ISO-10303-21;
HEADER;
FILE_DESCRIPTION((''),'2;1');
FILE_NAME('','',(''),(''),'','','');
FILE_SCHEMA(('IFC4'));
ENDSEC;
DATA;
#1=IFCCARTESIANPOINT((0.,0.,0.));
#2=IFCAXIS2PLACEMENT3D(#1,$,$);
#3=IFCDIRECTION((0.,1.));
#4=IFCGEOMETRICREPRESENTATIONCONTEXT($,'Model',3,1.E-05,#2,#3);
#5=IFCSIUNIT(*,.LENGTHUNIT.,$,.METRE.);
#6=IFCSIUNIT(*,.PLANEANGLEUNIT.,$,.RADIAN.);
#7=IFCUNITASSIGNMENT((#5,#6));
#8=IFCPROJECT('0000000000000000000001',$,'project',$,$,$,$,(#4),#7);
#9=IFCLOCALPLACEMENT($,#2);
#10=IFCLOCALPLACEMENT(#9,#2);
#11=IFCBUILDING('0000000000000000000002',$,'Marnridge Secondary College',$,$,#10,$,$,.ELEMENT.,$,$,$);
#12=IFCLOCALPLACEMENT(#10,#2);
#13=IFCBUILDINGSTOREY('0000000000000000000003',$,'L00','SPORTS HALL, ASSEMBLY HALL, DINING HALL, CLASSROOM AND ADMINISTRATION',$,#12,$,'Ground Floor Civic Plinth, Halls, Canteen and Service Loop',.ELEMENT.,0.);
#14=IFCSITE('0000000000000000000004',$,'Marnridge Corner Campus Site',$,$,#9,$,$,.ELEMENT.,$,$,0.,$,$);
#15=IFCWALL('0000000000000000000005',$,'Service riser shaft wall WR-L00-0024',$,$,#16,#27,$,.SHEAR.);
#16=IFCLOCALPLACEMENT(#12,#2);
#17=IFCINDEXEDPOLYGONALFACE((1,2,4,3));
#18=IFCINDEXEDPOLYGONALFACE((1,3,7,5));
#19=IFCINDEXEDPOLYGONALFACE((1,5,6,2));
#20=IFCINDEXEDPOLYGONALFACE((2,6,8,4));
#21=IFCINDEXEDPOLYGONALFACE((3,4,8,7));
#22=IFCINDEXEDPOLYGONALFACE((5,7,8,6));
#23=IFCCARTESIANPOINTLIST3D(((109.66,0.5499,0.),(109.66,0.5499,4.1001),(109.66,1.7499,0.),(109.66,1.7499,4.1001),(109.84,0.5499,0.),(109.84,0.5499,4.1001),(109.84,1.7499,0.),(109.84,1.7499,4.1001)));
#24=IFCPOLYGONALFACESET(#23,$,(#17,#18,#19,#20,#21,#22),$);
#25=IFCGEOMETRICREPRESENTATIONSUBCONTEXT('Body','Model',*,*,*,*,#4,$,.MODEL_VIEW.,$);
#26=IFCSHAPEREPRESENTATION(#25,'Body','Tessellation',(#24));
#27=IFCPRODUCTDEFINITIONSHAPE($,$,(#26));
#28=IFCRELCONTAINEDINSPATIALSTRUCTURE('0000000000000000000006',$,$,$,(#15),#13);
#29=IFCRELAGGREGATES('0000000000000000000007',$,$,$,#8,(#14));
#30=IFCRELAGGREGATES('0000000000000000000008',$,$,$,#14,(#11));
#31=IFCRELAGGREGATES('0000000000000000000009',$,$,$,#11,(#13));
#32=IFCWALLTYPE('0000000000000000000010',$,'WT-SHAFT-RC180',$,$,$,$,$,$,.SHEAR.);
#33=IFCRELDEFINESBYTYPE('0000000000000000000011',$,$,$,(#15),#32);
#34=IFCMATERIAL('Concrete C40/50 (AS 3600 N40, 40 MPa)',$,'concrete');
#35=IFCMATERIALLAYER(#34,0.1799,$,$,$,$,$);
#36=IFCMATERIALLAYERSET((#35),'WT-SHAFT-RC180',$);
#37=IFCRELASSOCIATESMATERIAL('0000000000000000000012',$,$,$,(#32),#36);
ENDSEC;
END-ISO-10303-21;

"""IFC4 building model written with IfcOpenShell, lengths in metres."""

from ifc_helpers import new_model, si_unit, direction, frame, frame_2d, origin, place, context, subcontext, project, spatial, rectangle, extrude, material, layer, layer_set, type_object, element, save


model = new_model("IFC4")

# Units and contexts
model_context = context("Model", 3, precision=1e-05, world=origin(), true_north=direction((0.0, 1.0)))
body_context = subcontext(model_context, "Body", "Model", "MODEL_VIEW")
ifc_project = project(units=[si_unit("LENGTHUNIT", "METRE"), si_unit("PLANEANGLEUNIT", "RADIAN")], contexts=[model_context])

# Site, building, storey
site_placement = place(None, origin())
site = spatial("IfcSite", under=ifc_project, at=site_placement, Name="Marnridge Corner Campus Site", CompositionType="ELEMENT", RefElevation=0.0)
building_placement = place(site_placement, origin())
building = spatial("IfcBuilding", under=site, at=building_placement, Name="Marnridge Secondary College", CompositionType="ELEMENT")
storey_placement = place(building_placement, origin())
storey = spatial("IfcBuildingStorey", under=building, at=storey_placement, Name="L00", Description="SPORTS HALL, ASSEMBLY HALL, DINING HALL, CLASSROOM AND ADMINISTRATION", LongName="Ground Floor Civic Plinth, Halls, Canteen and Service Loop", CompositionType="ELEMENT", Elevation=0.0)

# Wall
ifc_material_1 = material(Name="Concrete C40/50 (AS 3600 N40, 40 MPa)", Category="concrete")
ifc_layer_1 = layer(ifc_material_1, 0.1799)
ifc_layer_set_1 = layer_set([ifc_layer_1], Name="WT-SHAFT-RC180")
wall_type_1 = type_object("IfcWallType", Name="WT-SHAFT-RC180", PredefinedType="SHEAR", material=ifc_layer_set_1)
for number, where, z_axis, x_axis, name in (
    (1, (109.75, 1.75, 0.0), (0.0, 0.0, 1.0), (0.0, -1.0, 0.0), "Service riser shaft wall WR-L00-0024"),
):
    element("IfcWall", number, at=place(storey_placement, frame(where, z_axis=z_axis, x_axis=x_axis)), inside=storey, type_object=wall_type_1, Name=name, PredefinedType="SHEAR", context=body_context, shape_type="SweptSolid", body=[
        extrude(rectangle(XDim=1.2, YDim=0.1799, at=frame_2d((0.6001, 0.0))), origin(), (0.0, 0.0, 1.0), 4.1001),
    ])

save(model, "model.ifc")
